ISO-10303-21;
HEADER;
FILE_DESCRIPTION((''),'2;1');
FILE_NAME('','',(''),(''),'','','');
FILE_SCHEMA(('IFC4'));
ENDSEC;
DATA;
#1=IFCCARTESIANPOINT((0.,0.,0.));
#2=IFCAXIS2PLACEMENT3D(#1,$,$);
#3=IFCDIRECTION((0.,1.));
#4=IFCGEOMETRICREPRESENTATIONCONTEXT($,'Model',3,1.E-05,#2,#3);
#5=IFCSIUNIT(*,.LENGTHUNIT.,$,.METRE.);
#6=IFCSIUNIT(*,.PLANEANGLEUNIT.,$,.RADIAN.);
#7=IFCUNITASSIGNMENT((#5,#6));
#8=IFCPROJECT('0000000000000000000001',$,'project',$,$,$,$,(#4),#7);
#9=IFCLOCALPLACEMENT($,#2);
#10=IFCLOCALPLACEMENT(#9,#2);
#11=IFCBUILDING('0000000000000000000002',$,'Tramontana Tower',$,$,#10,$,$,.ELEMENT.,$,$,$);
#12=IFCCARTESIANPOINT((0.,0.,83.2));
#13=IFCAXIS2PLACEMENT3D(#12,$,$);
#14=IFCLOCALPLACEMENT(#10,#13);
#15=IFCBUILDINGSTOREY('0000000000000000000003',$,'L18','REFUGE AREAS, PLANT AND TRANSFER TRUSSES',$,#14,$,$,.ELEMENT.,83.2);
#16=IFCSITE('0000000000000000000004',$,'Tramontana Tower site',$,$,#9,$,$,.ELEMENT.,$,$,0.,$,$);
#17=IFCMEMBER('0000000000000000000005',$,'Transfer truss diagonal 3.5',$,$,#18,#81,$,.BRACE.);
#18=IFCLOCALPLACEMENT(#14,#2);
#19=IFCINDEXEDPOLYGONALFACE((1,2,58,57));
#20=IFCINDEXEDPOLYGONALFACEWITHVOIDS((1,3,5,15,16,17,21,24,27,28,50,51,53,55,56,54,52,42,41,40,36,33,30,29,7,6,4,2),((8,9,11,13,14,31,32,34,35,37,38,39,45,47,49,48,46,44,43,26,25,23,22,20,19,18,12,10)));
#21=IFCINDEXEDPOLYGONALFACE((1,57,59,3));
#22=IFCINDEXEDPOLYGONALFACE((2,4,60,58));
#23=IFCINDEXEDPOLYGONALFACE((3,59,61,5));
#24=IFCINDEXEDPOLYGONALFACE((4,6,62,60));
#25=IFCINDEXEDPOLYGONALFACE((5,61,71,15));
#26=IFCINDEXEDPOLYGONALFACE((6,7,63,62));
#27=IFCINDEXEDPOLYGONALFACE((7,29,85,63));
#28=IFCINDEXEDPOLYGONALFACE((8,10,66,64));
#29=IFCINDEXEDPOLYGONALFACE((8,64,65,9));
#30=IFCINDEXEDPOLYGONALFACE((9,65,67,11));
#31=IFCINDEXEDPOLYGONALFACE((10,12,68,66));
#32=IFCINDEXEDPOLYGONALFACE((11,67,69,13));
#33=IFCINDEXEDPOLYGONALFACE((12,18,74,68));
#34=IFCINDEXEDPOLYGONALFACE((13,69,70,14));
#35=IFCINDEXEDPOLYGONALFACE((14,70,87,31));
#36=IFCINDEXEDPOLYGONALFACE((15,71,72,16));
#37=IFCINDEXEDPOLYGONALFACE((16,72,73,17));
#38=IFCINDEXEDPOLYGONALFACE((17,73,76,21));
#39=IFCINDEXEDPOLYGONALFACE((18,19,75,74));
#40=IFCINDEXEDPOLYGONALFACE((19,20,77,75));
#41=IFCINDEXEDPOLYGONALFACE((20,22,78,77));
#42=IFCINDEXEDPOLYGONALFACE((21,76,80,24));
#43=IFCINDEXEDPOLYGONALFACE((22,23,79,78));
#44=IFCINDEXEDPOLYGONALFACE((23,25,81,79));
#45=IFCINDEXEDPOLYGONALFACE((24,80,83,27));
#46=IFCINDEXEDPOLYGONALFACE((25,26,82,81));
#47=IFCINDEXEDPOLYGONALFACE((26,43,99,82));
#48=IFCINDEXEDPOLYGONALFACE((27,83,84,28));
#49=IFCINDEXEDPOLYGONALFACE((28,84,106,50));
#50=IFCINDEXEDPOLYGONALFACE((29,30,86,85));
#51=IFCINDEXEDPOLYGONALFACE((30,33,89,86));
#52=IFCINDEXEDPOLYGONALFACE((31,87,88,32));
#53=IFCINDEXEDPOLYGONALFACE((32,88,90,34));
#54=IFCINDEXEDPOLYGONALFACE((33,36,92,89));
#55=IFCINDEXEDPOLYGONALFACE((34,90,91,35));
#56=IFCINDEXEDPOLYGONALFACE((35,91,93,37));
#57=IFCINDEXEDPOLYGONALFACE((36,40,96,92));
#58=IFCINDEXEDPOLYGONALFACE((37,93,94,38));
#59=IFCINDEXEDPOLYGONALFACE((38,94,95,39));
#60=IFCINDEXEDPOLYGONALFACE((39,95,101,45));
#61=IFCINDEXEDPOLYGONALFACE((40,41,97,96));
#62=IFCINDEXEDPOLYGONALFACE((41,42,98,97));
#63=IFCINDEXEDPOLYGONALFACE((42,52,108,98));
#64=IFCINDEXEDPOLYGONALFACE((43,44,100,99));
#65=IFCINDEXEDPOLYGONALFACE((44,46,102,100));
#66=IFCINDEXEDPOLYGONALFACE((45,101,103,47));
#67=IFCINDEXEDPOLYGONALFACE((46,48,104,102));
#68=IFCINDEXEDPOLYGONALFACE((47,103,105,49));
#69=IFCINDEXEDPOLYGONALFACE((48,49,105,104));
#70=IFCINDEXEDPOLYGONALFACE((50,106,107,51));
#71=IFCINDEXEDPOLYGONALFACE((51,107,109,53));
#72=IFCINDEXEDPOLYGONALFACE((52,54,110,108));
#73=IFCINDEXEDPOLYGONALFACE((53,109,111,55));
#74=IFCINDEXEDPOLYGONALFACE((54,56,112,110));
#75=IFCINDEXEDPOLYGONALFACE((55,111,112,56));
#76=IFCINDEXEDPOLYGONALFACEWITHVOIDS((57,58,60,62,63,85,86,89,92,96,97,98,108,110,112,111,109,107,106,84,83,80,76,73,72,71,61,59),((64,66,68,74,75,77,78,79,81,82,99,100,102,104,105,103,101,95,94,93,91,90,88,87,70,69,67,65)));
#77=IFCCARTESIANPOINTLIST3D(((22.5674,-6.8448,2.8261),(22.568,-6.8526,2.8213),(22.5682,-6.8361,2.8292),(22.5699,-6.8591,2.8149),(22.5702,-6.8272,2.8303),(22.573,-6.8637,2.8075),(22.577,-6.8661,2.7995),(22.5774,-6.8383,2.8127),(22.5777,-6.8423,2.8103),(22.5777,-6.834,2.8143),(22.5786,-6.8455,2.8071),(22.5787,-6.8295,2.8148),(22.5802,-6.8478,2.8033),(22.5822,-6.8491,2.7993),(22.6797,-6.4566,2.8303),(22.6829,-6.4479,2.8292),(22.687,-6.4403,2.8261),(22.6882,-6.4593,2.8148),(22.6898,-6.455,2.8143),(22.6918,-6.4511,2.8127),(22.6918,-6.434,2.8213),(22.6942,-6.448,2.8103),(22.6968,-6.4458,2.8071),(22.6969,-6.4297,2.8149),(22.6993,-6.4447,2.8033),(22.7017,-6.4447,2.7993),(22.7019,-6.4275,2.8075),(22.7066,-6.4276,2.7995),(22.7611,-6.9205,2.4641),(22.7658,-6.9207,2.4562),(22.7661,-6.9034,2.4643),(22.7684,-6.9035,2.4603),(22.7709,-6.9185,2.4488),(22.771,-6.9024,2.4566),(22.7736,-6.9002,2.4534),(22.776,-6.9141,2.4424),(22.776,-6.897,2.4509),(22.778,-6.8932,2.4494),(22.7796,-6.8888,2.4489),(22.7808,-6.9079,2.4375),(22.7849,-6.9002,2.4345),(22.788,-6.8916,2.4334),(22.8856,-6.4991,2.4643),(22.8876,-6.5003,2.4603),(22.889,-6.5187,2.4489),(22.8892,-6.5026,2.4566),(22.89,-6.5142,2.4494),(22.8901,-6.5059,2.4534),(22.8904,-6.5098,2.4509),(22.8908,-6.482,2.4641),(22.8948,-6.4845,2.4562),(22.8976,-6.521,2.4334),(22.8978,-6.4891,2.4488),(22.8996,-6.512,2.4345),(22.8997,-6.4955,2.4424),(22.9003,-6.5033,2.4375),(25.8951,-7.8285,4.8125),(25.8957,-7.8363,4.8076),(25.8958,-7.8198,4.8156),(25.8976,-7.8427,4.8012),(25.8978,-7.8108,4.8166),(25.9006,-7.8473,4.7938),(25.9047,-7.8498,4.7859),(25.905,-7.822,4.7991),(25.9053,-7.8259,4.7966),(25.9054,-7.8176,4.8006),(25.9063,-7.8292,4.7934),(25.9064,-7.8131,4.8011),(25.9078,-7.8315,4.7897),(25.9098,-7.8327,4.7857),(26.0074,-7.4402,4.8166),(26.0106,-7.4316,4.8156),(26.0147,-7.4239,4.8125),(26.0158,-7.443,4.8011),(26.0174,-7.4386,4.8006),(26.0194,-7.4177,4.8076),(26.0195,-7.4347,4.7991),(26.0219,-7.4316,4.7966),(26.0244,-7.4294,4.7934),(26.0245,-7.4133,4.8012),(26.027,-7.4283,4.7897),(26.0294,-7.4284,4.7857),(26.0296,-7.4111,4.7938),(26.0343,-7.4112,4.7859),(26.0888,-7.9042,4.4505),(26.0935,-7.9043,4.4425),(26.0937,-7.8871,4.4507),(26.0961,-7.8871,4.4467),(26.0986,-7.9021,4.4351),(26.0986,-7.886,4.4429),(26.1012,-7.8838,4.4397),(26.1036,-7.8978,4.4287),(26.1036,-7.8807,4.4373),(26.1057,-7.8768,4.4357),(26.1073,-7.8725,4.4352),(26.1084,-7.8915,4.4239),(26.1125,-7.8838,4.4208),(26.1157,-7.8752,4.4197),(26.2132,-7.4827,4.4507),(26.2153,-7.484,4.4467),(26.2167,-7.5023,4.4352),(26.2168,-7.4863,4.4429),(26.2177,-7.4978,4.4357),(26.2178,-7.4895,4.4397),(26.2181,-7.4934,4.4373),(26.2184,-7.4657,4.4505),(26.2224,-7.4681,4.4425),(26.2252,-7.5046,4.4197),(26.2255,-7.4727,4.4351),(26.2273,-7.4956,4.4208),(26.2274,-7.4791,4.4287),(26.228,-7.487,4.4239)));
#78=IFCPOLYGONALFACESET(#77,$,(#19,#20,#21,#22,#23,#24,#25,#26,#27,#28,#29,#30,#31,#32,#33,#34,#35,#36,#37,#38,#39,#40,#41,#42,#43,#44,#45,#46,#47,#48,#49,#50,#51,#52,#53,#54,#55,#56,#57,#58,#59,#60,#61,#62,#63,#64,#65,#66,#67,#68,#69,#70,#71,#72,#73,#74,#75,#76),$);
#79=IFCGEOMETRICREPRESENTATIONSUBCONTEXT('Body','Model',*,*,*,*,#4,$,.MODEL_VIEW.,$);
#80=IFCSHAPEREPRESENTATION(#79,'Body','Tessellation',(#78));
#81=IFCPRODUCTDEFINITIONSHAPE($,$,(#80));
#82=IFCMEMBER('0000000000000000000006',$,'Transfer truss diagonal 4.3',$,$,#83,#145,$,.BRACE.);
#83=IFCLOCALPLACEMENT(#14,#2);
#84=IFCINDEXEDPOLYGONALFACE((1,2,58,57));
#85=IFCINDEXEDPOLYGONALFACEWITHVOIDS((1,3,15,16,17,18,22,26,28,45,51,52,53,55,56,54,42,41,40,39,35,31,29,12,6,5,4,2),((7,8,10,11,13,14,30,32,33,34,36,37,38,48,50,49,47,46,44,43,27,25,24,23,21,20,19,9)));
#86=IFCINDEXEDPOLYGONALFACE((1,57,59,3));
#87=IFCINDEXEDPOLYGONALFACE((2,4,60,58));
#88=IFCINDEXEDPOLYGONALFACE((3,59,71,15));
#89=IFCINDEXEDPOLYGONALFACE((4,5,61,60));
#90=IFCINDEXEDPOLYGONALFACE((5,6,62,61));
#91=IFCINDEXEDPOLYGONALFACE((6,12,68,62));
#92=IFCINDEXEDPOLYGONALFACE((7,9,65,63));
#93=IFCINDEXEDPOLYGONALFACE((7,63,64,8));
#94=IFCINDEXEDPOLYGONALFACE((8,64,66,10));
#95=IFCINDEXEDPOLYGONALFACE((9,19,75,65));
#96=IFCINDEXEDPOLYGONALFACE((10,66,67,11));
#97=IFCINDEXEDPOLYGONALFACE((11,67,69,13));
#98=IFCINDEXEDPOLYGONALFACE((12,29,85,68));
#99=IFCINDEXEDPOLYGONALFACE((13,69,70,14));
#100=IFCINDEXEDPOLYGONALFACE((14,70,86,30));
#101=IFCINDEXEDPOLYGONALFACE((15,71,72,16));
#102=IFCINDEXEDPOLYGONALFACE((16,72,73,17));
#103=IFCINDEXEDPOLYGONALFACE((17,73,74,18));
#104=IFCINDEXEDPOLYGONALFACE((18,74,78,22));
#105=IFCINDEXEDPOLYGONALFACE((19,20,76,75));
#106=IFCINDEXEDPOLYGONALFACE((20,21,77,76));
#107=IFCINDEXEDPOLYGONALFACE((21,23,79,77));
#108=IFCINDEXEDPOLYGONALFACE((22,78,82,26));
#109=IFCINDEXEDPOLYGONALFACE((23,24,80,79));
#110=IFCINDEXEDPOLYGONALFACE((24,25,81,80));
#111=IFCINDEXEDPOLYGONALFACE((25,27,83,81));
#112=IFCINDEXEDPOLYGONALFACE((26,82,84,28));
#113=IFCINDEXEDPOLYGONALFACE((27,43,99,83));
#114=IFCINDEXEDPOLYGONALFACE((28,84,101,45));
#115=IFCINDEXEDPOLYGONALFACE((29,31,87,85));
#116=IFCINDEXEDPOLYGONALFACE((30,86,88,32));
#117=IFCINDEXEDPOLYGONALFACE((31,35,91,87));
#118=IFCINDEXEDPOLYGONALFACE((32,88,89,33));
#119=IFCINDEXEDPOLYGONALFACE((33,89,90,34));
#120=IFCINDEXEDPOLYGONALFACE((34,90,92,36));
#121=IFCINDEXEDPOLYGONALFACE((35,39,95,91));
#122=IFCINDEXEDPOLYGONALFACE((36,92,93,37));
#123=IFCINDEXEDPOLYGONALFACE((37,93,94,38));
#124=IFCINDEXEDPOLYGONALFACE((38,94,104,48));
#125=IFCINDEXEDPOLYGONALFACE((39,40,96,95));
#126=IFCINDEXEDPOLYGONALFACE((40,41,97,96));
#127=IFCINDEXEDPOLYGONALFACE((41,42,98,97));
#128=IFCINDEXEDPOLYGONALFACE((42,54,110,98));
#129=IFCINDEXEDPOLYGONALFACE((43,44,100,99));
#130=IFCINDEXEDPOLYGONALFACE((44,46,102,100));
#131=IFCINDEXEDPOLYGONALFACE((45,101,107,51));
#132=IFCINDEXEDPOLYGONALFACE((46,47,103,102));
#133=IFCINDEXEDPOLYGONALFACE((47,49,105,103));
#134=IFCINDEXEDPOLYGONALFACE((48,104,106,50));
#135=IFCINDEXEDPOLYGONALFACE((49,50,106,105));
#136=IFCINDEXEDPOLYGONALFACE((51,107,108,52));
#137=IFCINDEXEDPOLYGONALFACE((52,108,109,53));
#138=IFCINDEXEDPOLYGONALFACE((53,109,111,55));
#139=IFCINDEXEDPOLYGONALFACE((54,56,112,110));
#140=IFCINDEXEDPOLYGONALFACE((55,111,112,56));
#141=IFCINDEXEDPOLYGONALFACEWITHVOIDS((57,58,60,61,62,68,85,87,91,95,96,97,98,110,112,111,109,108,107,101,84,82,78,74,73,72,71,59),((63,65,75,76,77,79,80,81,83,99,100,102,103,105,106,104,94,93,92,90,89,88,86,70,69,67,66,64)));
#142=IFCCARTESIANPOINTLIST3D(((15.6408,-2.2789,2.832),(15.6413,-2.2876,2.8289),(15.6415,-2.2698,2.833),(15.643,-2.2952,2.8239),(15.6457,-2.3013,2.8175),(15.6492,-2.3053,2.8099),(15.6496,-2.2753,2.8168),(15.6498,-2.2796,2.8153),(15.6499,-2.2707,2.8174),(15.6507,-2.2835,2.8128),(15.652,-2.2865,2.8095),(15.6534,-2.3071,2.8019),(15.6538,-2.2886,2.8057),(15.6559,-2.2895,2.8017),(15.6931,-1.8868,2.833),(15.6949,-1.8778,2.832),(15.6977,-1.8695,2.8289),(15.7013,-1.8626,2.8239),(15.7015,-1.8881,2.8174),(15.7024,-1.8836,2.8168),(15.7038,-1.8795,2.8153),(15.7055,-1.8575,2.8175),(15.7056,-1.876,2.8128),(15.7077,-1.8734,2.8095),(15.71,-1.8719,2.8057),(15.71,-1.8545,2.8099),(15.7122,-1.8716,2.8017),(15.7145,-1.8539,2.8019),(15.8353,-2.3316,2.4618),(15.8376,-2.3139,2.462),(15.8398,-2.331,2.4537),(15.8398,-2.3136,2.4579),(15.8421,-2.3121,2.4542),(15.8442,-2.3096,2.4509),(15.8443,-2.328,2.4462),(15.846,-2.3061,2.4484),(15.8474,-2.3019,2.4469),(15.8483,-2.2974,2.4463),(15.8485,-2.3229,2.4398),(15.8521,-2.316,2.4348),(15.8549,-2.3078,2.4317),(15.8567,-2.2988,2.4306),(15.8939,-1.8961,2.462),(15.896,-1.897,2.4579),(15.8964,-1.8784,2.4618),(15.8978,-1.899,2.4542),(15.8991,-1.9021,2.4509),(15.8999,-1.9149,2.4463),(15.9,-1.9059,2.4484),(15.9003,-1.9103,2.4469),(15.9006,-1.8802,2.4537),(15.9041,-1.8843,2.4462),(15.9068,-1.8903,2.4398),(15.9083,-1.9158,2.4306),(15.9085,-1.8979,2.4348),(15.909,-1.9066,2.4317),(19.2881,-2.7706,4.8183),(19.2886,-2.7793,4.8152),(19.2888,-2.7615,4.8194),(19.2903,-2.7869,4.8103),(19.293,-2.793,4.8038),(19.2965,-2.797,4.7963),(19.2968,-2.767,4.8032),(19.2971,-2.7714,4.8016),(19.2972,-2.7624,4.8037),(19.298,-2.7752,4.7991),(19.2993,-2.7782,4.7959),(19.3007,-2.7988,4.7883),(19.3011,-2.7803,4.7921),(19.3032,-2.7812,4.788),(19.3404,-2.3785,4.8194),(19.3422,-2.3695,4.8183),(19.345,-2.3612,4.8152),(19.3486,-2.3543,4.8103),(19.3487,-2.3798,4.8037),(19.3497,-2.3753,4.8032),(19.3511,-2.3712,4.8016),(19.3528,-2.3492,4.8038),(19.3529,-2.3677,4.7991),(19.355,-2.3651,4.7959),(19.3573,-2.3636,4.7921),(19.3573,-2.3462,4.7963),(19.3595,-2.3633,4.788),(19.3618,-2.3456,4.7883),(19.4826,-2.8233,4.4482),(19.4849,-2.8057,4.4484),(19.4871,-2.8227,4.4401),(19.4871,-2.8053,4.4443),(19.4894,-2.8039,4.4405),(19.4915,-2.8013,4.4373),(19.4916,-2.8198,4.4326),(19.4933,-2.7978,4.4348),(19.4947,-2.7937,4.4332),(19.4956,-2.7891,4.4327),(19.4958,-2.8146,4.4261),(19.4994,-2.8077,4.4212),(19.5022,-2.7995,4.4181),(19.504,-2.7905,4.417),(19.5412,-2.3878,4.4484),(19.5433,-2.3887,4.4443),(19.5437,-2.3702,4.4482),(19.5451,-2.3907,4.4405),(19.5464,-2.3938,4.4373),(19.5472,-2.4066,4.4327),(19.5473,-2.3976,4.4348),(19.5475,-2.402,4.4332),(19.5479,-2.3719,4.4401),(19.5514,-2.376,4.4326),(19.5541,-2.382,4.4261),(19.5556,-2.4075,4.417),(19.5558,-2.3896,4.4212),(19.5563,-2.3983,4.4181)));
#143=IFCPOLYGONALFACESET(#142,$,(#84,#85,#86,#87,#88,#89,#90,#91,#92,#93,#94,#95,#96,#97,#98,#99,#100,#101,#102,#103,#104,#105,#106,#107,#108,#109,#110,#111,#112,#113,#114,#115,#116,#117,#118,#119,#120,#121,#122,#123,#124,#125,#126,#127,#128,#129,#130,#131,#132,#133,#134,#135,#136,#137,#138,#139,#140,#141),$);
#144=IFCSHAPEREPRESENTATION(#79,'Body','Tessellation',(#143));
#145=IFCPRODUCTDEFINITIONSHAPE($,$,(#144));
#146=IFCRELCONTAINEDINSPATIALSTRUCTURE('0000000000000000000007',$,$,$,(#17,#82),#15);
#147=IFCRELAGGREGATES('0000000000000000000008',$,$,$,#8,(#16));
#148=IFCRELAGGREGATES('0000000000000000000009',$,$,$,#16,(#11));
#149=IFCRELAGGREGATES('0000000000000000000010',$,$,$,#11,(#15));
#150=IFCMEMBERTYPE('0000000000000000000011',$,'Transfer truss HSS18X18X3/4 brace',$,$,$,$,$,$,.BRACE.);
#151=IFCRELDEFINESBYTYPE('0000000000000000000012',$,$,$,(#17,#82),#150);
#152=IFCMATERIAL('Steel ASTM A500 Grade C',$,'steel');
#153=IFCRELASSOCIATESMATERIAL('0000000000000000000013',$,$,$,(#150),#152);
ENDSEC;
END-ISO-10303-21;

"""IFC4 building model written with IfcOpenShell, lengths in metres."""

from ifc_helpers import new_model, si_unit, direction, frame, origin, origin_2d, place, context, subcontext, project, spatial, hollow_rectangle, extrude, material, material_profile, profile_set, type_object, element, save


model = new_model("IFC4")

# Units and contexts
model_context = context("Model", 3, precision=1e-05, world=origin(), true_north=direction((0.0, 1.0)))
body_context = subcontext(model_context, "Body", "Model", "MODEL_VIEW")
ifc_project = project(units=[si_unit("LENGTHUNIT", "METRE"), si_unit("PLANEANGLEUNIT", "RADIAN")], contexts=[model_context])

# Site, building, storey
site_placement = place(None, origin())
site = spatial("IfcSite", under=ifc_project, at=site_placement, Name="Tramontana Tower site", CompositionType="ELEMENT", RefElevation=0.0)
building_placement = place(site_placement, origin())
building = spatial("IfcBuilding", under=site, at=building_placement, Name="Tramontana Tower", CompositionType="ELEMENT")
storey_placement = place(building_placement, frame((0.0, 0.0, 83.2)))
storey = spatial("IfcBuildingStorey", under=building, at=storey_placement, Name="L18", Description="REFUGE AREAS, PLANT AND TRANSFER TRUSSES", CompositionType="ELEMENT", Elevation=83.2)

# Members
ifc_material_1 = material(Name="Steel ASTM A500 Grade C", Category="steel")
ifc_material_profile_1 = material_profile(ifc_material_1, hollow_rectangle(XDim=0.4573, YDim=0.4573, WallThickness=0.0178, InnerFilletRadius=0.0178, OuterFilletRadius=0.0354, at=origin_2d()), Name="HSS18X18X3/4")
ifc_profile_set_1 = profile_set([ifc_material_profile_1], Name="Steel ASTM A500 Grade C")
member_type_1 = type_object("IfcMemberType", Name="Transfer truss HSS18X18X3/4 brace", PredefinedType="BRACE", material=ifc_profile_set_1)
member_1_placement = place(storey_placement, frame((22.7339, -6.6741, 2.6318), z_axis=(0.832268, -0.246017, 0.496796), x_axis=(0.283473, 0.95898, 0.0)))
element("IfcMember", 1, at=member_1_placement, inside=storey, type_object=member_type_1, Name="Transfer truss diagonal 3.5", PredefinedType="BRACE", context=body_context, shape_type="SweptSolid", body=[
    extrude(hollow_rectangle(XDim=0.4573, YDim=0.4573, WallThickness=0.0178, InnerFilletRadius=0.0178, OuterFilletRadius=0.0354, at=origin_2d()), origin(), (0.0, 0.0, 1.0), 3.9983),
])
member_2_placement = place(storey_placement, frame((15.7749, -2.0928, 2.6318), z_axis=(0.872114, -0.117574, 0.474966), x_axis=(0.133606, 0.991034, 0.0)))
element("IfcMember", 2, at=member_2_placement, inside=storey, type_object=member_type_1, Name="Transfer truss diagonal 4.3", PredefinedType="BRACE", context=body_context, shape_type="SweptSolid", body=[
    extrude(hollow_rectangle(XDim=0.4573, YDim=0.4573, WallThickness=0.0178, InnerFilletRadius=0.0178, OuterFilletRadius=0.0354, at=origin_2d()), origin(), (0.0, 0.0, 1.0), 4.1821),
])

save(model, "model.ifc")
